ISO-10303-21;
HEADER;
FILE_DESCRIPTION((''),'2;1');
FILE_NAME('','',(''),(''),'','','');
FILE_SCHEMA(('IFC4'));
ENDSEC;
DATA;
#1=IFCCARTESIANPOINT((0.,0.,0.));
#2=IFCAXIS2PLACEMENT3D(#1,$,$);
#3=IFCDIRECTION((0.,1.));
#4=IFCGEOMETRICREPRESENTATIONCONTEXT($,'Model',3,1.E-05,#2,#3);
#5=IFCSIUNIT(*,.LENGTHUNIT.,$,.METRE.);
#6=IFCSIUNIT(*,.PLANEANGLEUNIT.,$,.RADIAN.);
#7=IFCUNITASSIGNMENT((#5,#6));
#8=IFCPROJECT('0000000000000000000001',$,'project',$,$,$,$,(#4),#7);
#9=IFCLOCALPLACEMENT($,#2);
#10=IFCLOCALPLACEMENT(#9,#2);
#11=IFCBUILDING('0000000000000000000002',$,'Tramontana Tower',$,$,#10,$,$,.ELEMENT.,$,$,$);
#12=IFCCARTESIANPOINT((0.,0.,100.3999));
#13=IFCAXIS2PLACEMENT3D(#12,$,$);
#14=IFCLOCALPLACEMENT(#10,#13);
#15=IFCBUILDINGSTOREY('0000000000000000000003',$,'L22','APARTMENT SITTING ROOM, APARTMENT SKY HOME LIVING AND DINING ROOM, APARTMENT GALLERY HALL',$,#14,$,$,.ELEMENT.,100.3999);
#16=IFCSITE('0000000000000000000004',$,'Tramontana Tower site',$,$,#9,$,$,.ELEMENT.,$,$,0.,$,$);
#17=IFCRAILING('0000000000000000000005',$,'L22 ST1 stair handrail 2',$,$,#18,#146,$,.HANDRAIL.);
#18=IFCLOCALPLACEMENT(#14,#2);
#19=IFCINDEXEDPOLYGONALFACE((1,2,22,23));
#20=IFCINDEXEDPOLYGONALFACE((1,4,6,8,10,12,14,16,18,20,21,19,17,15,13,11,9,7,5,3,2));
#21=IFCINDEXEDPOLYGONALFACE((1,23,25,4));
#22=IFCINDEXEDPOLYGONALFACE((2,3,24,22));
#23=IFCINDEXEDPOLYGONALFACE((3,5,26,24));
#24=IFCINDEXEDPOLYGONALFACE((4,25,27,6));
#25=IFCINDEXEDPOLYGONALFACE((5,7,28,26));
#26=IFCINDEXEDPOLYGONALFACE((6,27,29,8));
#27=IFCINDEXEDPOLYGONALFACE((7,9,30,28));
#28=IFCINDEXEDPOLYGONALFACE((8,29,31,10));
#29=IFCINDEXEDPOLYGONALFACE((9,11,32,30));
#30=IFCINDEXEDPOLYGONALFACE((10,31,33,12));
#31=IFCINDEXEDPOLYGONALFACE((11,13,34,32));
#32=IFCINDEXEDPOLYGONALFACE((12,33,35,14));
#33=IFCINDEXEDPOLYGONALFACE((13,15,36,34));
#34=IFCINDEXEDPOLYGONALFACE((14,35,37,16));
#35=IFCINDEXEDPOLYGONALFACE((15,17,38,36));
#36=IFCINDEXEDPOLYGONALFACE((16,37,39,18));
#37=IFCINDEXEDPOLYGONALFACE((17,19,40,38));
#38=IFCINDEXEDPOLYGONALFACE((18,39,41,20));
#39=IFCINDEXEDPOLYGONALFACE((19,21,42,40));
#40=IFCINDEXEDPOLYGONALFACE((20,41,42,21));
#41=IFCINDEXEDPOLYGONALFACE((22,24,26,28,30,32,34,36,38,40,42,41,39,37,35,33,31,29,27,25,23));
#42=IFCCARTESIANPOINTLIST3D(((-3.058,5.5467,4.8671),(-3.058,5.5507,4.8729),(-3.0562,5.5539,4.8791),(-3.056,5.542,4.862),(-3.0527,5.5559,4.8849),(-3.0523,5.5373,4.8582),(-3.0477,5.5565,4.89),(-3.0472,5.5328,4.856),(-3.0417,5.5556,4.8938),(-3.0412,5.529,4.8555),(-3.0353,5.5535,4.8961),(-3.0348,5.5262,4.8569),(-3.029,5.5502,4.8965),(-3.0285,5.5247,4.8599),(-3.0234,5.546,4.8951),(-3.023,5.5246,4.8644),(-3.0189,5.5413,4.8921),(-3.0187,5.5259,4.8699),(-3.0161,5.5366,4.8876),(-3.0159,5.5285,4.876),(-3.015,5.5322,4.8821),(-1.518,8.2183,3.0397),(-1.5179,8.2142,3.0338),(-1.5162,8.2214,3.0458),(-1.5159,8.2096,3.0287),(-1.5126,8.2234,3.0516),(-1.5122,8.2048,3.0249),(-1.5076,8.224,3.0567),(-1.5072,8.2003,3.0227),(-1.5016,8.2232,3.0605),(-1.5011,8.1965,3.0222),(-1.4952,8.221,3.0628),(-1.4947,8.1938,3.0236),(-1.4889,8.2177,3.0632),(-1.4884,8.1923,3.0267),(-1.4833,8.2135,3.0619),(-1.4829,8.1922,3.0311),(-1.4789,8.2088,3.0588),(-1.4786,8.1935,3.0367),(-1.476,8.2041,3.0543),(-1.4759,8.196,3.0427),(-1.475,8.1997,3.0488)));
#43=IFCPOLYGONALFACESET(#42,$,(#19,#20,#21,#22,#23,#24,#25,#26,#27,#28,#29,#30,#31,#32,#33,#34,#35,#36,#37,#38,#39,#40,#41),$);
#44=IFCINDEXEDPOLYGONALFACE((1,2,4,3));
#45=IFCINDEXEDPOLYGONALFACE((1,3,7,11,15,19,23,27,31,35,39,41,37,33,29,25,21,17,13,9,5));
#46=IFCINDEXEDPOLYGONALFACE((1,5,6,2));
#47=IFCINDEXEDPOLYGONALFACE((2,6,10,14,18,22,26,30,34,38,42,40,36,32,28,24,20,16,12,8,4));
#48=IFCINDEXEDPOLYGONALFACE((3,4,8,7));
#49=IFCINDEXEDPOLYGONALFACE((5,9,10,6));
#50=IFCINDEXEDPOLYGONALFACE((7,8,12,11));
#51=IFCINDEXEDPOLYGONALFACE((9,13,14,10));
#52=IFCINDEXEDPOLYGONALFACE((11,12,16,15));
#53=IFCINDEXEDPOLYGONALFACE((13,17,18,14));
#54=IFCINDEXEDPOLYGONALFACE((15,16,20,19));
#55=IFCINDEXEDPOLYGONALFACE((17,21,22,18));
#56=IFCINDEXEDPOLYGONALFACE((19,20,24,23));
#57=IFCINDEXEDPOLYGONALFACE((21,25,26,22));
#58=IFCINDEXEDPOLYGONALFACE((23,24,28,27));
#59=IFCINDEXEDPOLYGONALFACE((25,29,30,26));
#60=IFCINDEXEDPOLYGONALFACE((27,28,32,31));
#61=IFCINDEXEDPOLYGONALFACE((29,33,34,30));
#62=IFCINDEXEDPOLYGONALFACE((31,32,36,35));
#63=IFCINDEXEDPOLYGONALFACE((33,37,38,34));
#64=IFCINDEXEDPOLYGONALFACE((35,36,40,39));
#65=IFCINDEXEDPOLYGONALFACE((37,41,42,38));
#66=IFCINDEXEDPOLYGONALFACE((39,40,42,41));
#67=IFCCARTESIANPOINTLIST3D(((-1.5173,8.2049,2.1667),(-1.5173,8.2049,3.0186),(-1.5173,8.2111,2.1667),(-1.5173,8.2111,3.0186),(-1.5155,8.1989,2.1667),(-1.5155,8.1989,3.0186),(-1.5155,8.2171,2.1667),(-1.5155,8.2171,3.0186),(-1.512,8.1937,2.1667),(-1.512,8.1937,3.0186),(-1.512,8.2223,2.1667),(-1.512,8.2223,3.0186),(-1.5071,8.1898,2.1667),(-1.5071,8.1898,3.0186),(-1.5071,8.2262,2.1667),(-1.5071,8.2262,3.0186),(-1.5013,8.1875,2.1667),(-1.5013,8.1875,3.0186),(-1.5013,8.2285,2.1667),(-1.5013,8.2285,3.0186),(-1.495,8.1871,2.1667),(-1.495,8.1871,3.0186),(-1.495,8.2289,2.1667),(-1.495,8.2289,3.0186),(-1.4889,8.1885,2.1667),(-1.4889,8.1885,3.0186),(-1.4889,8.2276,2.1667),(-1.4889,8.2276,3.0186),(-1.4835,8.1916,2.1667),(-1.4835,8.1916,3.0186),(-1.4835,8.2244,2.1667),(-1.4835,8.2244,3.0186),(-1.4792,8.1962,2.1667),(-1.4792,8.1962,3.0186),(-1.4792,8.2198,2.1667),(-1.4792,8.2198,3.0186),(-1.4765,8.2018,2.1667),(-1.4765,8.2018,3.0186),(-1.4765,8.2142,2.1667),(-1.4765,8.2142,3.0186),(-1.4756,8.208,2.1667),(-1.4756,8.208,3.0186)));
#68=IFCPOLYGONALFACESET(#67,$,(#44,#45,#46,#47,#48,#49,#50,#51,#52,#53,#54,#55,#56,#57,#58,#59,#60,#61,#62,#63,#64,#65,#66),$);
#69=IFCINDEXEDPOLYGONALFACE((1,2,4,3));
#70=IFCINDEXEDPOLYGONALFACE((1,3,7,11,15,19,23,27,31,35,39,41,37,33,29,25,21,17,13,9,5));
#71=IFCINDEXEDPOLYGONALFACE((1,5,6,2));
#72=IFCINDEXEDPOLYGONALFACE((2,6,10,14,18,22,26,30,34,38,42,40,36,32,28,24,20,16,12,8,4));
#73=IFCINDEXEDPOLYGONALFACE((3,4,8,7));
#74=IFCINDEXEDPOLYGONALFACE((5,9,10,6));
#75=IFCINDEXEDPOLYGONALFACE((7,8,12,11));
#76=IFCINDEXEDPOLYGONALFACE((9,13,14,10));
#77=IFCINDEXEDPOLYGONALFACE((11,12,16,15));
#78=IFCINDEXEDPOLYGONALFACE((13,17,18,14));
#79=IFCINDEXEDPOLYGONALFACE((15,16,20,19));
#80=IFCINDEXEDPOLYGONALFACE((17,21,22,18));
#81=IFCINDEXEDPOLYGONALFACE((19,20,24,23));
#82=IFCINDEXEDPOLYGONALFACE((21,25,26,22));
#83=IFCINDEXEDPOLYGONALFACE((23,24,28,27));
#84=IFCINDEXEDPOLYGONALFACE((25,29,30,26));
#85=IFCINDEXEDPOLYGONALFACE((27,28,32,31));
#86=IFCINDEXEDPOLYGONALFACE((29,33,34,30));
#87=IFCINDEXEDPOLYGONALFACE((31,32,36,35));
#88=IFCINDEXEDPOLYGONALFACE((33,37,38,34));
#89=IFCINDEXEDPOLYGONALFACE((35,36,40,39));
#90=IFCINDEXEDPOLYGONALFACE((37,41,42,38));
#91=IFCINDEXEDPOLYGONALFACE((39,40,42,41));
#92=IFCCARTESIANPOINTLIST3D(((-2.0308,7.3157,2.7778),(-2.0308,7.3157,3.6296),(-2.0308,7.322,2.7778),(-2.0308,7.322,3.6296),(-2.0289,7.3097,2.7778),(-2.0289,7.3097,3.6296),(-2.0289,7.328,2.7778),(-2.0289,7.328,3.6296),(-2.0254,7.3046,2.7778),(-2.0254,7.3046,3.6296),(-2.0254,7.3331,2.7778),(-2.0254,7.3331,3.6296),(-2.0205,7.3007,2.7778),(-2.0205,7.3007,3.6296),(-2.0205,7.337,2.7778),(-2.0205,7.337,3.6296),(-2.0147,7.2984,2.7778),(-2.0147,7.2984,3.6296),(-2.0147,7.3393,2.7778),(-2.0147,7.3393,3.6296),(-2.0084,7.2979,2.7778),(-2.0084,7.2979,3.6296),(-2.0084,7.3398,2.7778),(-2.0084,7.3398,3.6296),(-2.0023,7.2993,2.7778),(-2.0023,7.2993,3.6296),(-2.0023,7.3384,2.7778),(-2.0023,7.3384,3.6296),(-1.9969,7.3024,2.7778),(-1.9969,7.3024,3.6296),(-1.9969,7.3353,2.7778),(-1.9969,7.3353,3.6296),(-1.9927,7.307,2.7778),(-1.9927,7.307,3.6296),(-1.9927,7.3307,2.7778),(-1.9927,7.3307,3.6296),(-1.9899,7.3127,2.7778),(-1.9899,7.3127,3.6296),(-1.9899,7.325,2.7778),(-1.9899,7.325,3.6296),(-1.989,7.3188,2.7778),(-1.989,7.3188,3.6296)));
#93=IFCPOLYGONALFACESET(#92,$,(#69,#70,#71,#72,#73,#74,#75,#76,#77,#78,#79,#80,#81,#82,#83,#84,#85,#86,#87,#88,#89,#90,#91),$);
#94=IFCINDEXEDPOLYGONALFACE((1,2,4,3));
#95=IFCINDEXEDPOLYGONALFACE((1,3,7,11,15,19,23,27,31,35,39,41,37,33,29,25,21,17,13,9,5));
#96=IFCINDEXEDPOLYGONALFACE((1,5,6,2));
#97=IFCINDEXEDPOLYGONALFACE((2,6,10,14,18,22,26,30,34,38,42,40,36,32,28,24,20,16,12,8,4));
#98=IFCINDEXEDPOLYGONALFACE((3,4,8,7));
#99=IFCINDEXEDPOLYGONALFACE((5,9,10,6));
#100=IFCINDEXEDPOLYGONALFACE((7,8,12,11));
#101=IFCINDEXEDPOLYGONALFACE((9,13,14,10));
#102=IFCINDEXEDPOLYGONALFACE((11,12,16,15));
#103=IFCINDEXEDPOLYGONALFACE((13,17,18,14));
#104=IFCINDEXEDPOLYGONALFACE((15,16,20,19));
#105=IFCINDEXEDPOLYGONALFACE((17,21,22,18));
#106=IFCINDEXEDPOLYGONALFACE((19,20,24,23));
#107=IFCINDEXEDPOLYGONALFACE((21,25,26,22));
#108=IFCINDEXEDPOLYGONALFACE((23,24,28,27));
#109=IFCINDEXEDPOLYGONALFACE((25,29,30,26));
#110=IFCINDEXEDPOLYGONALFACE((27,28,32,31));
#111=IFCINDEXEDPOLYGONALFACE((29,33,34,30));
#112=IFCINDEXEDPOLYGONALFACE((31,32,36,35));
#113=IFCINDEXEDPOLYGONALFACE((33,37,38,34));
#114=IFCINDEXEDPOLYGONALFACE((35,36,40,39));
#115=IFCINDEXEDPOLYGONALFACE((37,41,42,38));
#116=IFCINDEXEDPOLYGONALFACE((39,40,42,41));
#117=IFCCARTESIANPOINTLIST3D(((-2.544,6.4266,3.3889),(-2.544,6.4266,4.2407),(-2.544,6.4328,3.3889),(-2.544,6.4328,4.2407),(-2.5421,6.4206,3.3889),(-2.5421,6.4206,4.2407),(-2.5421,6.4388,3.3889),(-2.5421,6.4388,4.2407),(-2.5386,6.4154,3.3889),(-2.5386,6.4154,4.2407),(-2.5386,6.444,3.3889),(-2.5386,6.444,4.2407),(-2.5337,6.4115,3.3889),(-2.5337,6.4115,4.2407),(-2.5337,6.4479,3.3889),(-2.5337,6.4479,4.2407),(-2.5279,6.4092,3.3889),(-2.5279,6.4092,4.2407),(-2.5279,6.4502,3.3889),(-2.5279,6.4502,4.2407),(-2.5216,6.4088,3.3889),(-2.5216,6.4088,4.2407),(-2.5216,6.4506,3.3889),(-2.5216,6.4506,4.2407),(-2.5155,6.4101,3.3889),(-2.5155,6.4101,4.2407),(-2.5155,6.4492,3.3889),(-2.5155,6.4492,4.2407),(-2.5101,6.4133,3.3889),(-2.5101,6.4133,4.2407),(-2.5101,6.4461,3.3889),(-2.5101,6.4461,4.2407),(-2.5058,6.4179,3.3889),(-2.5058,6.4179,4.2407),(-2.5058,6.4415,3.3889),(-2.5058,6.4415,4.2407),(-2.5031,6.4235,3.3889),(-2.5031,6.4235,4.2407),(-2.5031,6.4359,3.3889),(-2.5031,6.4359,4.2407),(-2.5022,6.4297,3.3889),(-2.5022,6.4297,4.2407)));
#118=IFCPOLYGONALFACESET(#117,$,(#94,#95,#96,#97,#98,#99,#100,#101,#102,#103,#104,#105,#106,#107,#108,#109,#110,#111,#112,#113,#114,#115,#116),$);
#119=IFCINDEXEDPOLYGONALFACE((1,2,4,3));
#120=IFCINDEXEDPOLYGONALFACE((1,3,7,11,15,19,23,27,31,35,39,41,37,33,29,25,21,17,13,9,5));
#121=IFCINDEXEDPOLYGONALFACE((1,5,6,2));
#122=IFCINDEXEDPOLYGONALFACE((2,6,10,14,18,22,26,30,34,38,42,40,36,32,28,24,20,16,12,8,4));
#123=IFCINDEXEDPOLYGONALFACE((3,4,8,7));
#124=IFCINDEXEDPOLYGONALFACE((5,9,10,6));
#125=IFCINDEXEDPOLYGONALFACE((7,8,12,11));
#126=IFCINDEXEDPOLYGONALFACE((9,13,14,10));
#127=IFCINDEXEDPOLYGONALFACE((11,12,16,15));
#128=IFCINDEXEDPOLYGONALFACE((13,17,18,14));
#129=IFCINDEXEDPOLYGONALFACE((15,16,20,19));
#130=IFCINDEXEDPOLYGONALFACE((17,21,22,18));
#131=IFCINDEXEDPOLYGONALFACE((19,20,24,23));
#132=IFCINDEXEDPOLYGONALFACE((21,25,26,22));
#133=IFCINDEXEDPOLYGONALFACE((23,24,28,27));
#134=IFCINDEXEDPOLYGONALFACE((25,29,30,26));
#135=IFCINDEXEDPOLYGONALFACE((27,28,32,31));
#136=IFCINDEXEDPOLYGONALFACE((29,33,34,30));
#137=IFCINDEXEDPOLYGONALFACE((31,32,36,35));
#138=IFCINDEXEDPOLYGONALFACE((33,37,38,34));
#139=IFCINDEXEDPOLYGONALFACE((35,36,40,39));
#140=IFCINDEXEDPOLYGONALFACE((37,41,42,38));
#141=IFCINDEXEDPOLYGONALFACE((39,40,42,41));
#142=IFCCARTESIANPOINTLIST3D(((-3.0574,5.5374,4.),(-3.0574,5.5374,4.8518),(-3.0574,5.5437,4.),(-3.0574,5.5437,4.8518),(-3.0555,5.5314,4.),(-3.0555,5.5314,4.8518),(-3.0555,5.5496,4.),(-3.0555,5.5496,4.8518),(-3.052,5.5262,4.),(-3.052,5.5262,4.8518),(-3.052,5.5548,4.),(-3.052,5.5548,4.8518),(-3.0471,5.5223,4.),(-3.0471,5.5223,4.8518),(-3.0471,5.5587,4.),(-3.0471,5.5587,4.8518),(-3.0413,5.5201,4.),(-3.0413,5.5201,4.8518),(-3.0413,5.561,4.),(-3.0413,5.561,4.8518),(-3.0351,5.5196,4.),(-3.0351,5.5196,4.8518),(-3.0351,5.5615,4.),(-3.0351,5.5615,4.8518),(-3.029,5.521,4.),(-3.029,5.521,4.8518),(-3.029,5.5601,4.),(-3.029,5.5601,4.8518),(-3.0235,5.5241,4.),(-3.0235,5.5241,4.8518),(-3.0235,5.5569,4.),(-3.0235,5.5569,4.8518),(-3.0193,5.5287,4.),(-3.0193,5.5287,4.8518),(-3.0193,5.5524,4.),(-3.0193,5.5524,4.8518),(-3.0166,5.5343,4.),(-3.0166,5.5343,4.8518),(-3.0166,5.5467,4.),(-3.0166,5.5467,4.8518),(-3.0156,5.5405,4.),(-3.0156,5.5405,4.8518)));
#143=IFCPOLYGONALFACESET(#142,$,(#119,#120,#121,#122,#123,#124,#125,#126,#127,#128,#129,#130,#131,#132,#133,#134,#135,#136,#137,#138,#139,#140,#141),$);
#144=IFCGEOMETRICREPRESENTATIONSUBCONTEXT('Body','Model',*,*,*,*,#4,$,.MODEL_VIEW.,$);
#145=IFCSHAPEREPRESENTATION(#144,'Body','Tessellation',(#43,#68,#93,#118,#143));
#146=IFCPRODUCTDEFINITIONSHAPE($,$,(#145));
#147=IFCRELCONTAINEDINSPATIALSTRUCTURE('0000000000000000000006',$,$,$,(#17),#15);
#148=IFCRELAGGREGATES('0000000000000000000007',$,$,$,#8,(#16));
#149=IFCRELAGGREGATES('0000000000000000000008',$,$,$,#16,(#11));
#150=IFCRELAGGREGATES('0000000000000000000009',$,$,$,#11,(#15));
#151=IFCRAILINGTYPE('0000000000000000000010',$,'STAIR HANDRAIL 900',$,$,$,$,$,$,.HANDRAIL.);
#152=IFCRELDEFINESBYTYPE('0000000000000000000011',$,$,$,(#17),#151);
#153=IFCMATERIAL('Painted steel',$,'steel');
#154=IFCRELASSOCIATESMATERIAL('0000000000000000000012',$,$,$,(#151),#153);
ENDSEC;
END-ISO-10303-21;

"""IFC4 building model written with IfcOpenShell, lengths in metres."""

from ifc_helpers import new_model, si_unit, direction, frame, origin, origin_2d, place, context, subcontext, project, spatial, circle, extrude, material, type_object, element, save


model = new_model("IFC4")

# Units and contexts
model_context = context("Model", 3, precision=1e-05, world=origin(), true_north=direction((0.0, 1.0)))
body_context = subcontext(model_context, "Body", "Model", "MODEL_VIEW")
ifc_project = project(units=[si_unit("LENGTHUNIT", "METRE"), si_unit("PLANEANGLEUNIT", "RADIAN")], contexts=[model_context])

# Site, building, storey
site_placement = place(None, origin())
site = spatial("IfcSite", under=ifc_project, at=site_placement, Name="Tramontana Tower site", CompositionType="ELEMENT", RefElevation=0.0)
building_placement = place(site_placement, origin())
building = spatial("IfcBuilding", under=site, at=building_placement, Name="Tramontana Tower", CompositionType="ELEMENT")
storey_placement = place(building_placement, frame((0.0, 0.0, 100.3999)))
storey = spatial("IfcBuildingStorey", under=building, at=storey_placement, Name="L22", Description="APARTMENT SITTING ROOM, APARTMENT SKY HOME LIVING AND DINING ROOM, APARTMENT GALLERY HALL", CompositionType="ELEMENT", Elevation=100.3999)

# Railing
ifc_material_1 = material(Name="Painted steel", Category="steel")
railing_type_1 = type_object("IfcRailingType", Name="STAIR HANDRAIL 900", PredefinedType="HANDRAIL", material=ifc_material_1)
railing_1_placement = place(storey_placement, frame((-1.4966, 8.208, 2.1667)))
element("IfcRailing", 1, at=railing_1_placement, inside=storey, type_object=railing_type_1, Name="L22 ST1 stair handrail 2", PredefinedType="HANDRAIL", context=body_context, shape_type="SweptSolid", body=[
    extrude(circle(Radius=0.0239, at=origin_2d()), frame((0.0, 0.0, 0.876), z_axis=(-0.429649, -0.74419, 0.511452), x_axis=(0.86603, -0.499992, 0.0)), (0.0, 0.0, 1.0), 3.5845),
    extrude(circle(Radius=0.021, at=origin_2d()), origin(), (0.0, 0.0, 1.0), 0.8518),
    extrude(circle(Radius=0.021, at=origin_2d()), frame((-0.5134, -0.8892, 0.6111)), (0.0, 0.0, 1.0), 0.8518),
    extrude(circle(Radius=0.021, at=origin_2d()), frame((-1.0266, -1.7783, 1.2222)), (0.0, 0.0, 1.0), 0.8518),
    extrude(circle(Radius=0.021, at=origin_2d()), frame((-1.54, -2.6675, 1.8333)), (0.0, 0.0, 1.0), 0.8518),
])

save(model, "model.ifc")
